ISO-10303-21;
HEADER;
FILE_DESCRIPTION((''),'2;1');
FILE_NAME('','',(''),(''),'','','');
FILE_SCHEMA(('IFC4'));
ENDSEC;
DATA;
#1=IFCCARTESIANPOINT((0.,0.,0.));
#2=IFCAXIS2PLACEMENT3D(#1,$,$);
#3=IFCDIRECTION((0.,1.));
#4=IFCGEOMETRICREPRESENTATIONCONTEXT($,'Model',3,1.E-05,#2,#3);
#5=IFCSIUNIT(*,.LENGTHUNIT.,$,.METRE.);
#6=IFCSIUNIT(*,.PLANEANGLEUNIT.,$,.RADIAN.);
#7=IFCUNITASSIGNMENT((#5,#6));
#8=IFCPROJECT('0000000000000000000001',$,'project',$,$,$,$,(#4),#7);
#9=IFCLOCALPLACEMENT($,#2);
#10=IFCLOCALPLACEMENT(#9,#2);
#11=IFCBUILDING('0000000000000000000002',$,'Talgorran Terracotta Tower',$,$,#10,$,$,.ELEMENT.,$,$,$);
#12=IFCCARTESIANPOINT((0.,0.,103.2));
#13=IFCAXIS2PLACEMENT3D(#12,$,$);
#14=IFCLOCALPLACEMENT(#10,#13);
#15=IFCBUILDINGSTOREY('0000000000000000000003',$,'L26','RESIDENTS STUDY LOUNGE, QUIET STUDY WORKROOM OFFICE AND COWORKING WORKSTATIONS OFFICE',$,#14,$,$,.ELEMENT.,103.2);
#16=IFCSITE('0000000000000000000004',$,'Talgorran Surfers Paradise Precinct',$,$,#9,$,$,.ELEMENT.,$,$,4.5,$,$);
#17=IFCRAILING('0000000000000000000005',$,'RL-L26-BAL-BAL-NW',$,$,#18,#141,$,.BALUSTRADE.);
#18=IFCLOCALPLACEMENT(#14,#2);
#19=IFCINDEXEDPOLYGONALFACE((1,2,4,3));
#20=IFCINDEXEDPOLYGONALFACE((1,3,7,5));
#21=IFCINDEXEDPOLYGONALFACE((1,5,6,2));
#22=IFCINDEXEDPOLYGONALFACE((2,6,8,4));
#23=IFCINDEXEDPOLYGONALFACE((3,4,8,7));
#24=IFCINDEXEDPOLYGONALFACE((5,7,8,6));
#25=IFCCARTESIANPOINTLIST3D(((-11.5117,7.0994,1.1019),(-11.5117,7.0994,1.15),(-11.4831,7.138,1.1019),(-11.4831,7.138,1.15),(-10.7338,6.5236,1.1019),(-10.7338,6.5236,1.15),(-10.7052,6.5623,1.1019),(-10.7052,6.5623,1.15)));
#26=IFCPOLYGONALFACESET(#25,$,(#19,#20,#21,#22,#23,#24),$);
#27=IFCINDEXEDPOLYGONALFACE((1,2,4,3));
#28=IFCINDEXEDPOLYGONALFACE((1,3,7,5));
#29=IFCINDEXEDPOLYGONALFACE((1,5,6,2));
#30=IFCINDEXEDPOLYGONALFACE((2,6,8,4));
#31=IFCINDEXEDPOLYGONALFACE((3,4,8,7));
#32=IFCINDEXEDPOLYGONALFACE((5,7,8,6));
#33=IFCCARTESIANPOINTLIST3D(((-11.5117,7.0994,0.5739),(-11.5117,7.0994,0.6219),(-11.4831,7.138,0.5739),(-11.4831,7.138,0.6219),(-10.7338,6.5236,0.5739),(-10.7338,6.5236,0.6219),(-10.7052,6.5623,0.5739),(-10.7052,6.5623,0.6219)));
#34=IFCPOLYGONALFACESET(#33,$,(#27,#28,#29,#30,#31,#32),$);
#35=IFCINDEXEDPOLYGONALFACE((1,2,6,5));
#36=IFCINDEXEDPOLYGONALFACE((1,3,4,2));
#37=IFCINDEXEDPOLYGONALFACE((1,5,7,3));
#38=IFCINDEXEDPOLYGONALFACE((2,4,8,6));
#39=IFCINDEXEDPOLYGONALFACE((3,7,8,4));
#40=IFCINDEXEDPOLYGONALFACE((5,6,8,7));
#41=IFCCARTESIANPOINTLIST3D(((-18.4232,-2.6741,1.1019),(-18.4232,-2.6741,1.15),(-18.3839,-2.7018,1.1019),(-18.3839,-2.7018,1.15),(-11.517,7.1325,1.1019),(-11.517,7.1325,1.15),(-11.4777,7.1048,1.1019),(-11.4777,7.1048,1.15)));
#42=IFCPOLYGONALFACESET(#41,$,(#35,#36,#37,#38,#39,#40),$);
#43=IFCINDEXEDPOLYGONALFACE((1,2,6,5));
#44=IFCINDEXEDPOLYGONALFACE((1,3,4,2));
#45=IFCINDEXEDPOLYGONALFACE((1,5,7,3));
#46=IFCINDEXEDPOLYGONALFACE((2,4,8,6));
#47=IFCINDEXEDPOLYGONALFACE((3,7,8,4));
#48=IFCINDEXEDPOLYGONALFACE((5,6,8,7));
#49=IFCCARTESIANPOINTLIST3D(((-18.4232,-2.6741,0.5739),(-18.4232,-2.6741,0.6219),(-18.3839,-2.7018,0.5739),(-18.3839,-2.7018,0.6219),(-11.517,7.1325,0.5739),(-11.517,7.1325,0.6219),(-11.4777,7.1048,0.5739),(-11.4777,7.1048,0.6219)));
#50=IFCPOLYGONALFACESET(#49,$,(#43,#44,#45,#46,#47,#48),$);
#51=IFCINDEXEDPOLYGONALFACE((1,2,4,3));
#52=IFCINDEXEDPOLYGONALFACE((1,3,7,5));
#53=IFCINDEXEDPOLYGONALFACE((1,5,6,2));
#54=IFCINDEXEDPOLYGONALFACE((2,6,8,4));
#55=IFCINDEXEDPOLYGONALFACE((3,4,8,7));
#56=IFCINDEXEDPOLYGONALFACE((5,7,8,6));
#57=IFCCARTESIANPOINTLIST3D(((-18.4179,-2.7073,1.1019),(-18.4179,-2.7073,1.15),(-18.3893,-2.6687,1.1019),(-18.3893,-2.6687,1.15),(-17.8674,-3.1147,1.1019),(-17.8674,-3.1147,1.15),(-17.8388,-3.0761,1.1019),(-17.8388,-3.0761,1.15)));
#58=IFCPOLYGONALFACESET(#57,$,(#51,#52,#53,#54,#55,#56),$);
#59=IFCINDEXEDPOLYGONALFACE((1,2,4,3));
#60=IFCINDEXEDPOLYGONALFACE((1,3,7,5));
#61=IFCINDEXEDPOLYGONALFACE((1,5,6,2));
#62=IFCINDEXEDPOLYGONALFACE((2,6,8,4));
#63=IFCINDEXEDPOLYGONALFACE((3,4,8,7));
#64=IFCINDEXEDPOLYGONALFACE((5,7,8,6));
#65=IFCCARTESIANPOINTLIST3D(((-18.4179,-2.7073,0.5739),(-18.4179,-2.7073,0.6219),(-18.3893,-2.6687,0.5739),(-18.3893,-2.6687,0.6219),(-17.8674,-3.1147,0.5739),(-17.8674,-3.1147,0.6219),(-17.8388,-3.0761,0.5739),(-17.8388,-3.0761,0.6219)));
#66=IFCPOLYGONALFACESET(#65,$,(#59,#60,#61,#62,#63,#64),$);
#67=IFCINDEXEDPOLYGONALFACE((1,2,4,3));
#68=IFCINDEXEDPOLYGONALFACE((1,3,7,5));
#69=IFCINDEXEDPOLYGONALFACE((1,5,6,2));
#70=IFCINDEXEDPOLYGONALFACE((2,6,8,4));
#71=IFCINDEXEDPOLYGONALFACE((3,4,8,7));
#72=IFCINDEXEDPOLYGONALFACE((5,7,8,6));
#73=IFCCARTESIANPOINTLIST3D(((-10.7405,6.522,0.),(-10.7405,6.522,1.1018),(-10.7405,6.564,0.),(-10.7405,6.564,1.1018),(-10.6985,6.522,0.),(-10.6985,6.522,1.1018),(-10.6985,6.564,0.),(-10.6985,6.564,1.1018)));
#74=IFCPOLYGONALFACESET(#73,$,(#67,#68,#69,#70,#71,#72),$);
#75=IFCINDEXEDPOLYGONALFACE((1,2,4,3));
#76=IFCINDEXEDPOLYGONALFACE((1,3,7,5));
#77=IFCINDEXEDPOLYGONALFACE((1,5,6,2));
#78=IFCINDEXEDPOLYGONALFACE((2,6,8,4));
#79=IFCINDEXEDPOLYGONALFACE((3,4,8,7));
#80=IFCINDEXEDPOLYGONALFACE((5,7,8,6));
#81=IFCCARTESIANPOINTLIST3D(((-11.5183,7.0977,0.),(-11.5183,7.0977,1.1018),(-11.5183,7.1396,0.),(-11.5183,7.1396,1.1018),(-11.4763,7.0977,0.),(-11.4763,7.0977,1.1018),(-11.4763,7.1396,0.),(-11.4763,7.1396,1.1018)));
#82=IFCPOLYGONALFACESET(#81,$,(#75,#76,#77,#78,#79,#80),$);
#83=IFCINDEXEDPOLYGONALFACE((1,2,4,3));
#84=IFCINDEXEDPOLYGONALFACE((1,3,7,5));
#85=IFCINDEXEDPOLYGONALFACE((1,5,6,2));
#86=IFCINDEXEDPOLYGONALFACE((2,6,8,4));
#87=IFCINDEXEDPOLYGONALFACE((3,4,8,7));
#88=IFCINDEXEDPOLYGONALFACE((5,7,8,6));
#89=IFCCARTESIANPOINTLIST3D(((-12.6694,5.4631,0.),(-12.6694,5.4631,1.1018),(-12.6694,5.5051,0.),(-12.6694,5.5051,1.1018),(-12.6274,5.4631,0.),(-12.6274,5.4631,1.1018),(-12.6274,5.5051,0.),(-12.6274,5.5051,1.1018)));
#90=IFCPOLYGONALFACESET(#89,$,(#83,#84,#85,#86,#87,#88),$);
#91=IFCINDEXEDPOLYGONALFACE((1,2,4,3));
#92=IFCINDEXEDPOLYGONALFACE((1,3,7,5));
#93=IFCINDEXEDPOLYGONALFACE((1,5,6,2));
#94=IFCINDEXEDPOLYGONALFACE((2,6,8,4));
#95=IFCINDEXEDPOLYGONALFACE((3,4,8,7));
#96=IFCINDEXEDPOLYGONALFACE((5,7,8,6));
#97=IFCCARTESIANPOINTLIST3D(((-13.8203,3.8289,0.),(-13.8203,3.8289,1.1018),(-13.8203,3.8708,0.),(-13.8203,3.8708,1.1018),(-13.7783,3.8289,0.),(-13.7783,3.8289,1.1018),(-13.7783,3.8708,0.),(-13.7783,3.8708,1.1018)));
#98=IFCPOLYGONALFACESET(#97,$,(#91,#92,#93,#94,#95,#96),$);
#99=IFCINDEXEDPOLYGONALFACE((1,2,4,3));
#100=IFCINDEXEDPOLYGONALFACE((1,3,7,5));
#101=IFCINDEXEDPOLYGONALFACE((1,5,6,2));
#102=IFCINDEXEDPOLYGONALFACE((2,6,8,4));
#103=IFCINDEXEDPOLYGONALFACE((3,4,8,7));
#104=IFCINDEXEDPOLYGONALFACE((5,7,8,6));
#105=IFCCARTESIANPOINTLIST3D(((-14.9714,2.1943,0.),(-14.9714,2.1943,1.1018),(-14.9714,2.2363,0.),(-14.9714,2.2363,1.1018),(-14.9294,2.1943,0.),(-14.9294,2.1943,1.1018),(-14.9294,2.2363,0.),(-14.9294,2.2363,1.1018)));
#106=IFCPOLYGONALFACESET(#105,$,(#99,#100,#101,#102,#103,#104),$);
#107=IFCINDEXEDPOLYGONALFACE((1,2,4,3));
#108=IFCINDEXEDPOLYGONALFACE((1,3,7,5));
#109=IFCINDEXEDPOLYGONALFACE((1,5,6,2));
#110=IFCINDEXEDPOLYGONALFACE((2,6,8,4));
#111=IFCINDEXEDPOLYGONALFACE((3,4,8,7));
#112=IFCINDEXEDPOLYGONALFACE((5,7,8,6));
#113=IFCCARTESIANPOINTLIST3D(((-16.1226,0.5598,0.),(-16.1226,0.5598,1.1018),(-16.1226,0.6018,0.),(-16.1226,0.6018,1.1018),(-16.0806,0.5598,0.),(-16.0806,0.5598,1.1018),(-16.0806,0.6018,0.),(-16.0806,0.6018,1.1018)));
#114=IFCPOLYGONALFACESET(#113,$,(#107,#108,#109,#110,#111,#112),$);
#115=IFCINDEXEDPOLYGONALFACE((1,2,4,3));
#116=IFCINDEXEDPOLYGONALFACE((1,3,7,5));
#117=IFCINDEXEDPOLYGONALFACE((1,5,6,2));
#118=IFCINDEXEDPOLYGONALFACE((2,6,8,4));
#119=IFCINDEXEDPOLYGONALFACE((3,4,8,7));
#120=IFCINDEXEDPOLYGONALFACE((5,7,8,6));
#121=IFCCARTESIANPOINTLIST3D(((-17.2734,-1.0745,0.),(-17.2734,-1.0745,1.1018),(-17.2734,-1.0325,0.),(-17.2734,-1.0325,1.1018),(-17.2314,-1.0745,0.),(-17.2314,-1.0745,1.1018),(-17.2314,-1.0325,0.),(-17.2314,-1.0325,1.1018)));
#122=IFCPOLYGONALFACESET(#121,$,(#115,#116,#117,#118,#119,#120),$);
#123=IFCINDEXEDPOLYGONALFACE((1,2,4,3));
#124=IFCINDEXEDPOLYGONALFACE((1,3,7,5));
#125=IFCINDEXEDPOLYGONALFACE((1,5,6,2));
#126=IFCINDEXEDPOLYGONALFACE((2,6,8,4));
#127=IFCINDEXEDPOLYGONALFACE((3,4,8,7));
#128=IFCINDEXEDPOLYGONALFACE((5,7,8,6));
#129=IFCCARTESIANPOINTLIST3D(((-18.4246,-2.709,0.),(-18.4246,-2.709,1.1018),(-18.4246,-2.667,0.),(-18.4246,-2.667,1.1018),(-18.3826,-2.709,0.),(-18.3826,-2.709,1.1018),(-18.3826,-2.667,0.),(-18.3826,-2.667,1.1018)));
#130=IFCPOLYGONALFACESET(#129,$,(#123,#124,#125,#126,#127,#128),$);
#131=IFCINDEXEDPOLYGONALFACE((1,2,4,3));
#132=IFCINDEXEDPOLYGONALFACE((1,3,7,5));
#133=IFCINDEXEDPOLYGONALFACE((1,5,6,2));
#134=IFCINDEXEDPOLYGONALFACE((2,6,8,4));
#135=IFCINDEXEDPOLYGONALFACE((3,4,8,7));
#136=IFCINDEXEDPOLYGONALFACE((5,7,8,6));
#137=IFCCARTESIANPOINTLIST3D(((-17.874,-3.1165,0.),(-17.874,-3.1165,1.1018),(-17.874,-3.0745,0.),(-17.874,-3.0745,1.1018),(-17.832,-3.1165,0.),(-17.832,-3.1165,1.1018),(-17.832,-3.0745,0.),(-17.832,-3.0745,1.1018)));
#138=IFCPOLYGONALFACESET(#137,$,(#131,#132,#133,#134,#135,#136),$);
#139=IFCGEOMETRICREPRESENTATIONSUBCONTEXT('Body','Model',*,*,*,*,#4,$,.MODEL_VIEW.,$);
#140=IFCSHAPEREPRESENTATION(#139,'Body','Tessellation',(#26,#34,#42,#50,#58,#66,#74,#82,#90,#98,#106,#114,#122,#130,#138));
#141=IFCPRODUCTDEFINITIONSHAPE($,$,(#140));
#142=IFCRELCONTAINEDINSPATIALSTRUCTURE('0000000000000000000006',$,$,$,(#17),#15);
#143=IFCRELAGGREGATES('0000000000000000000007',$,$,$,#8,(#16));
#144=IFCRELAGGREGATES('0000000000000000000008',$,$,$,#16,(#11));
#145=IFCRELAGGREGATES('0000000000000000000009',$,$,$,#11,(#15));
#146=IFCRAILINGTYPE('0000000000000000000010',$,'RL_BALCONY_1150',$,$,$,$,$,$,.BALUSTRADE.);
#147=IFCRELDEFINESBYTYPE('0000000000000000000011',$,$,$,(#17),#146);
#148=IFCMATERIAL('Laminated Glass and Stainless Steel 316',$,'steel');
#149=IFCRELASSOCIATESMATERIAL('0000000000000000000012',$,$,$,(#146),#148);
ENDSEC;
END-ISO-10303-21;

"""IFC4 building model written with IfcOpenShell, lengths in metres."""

from ifc_helpers import new_model, si_unit, direction, frame, origin, origin_2d, place, context, subcontext, project, spatial, rectangle, extrude, material, type_object, element, save


model = new_model("IFC4")

# Units and contexts
model_context = context("Model", 3, precision=1e-05, world=origin(), true_north=direction((0.0, 1.0)))
body_context = subcontext(model_context, "Body", "Model", "MODEL_VIEW")
ifc_project = project(units=[si_unit("LENGTHUNIT", "METRE"), si_unit("PLANEANGLEUNIT", "RADIAN")], contexts=[model_context])

# Site, building, storey
site_placement = place(None, origin())
site = spatial("IfcSite", under=ifc_project, at=site_placement, Name="Talgorran Surfers Paradise Precinct", CompositionType="ELEMENT", RefElevation=4.5)
building_placement = place(site_placement, origin())
building = spatial("IfcBuilding", under=site, at=building_placement, Name="Talgorran Terracotta Tower", CompositionType="ELEMENT")
storey_placement = place(building_placement, frame((0.0, 0.0, 103.2)))
storey = spatial("IfcBuildingStorey", under=building, at=storey_placement, Name="L26", Description="RESIDENTS STUDY LOUNGE, QUIET STUDY WORKROOM OFFICE AND COWORKING WORKSTATIONS OFFICE", CompositionType="ELEMENT", Elevation=103.2)

# Railing
ifc_material_1 = material(Name="Laminated Glass and Stainless Steel 316", Category="steel")
railing_type = type_object("IfcRailingType", Name="RL_BALCONY_1150", PredefinedType="BALUSTRADE", material=ifc_material_1)
railing_placement = place(storey_placement, frame((-10.7195, 6.543, 0.0)))
element("IfcRailing", 1, at=railing_placement, inside=storey, type_object=railing_type, Name="RL-L26-BAL-BAL-NW", PredefinedType="BALUSTRADE", context=body_context, shape_type="SweptSolid", body=[
    extrude(rectangle(XDim=0.0481, YDim=0.0481, at=origin_2d()), frame((0.0, 0.0, 1.126), z_axis=(-0.803798, 0.594902, 0.0), x_axis=(-0.594902, -0.803798, 0.0)), (0.0, 0.0, 1.0), 0.9678),
    extrude(rectangle(XDim=0.0481, YDim=0.0481, at=origin_2d()), frame((0.0, 0.0, 0.5979), z_axis=(-0.803798, 0.594902, 0.0), x_axis=(-0.594902, -0.803798, 0.0)), (0.0, 0.0, 1.0), 0.9678),
    extrude(rectangle(XDim=0.0481, YDim=0.0481, at=origin_2d()), frame((-0.7778, 0.5757, 1.126), z_axis=(-0.575788, -0.817599, 0.0), x_axis=(0.817599, -0.575788, 0.0)), (0.0, 0.0, 1.0), 11.9944),
    extrude(rectangle(XDim=0.0481, YDim=0.0481, at=origin_2d()), frame((-0.7778, 0.5757, 0.5979), z_axis=(-0.575788, -0.817599, 0.0), x_axis=(0.817599, -0.575788, 0.0)), (0.0, 0.0, 1.0), 11.9944),
    extrude(rectangle(XDim=0.0481, YDim=0.0481, at=origin_2d()), frame((-7.6841, -9.231, 1.126), z_axis=(0.803791, -0.594912, 0.0), x_axis=(0.594912, 0.803791, 0.0)), (0.0, 0.0, 1.0), 0.6848),
    extrude(rectangle(XDim=0.0481, YDim=0.0481, at=origin_2d()), frame((-7.6841, -9.231, 0.5979), z_axis=(0.803791, -0.594912, 0.0), x_axis=(0.594912, 0.803791, 0.0)), (0.0, 0.0, 1.0), 0.6848),
    extrude(rectangle(XDim=0.042, YDim=0.042, at=origin_2d()), origin(), (0.0, 0.0, 1.0), 1.1018),
    extrude(rectangle(XDim=0.042, YDim=0.042, at=origin_2d()), frame((-0.7778, 0.5757, 0.0)), (0.0, 0.0, 1.0), 1.1018),
    extrude(rectangle(XDim=0.042, YDim=0.042, at=origin_2d()), frame((-1.929, -1.0588, 0.0)), (0.0, 0.0, 1.0), 1.1018),
    extrude(rectangle(XDim=0.042, YDim=0.042, at=origin_2d()), frame((-3.0798, -2.6931, 0.0)), (0.0, 0.0, 1.0), 1.1018),
    extrude(rectangle(XDim=0.042, YDim=0.042, at=origin_2d()), frame((-4.231, -4.3276, 0.0)), (0.0, 0.0, 1.0), 1.1018),
    extrude(rectangle(XDim=0.042, YDim=0.042, at=origin_2d()), frame((-5.3821, -5.9622, 0.0)), (0.0, 0.0, 1.0), 1.1018),
    extrude(rectangle(XDim=0.042, YDim=0.042, at=origin_2d()), frame((-6.533, -7.5964, 0.0)), (0.0, 0.0, 1.0), 1.1018),
    extrude(rectangle(XDim=0.042, YDim=0.042, at=origin_2d()), frame((-7.6841, -9.231, 0.0)), (0.0, 0.0, 1.0), 1.1018),
    extrude(rectangle(XDim=0.042, YDim=0.042, at=origin_2d()), frame((-7.1335, -9.6384, 0.0)), (0.0, 0.0, 1.0), 1.1018),
])

save(model, "model.ifc")
